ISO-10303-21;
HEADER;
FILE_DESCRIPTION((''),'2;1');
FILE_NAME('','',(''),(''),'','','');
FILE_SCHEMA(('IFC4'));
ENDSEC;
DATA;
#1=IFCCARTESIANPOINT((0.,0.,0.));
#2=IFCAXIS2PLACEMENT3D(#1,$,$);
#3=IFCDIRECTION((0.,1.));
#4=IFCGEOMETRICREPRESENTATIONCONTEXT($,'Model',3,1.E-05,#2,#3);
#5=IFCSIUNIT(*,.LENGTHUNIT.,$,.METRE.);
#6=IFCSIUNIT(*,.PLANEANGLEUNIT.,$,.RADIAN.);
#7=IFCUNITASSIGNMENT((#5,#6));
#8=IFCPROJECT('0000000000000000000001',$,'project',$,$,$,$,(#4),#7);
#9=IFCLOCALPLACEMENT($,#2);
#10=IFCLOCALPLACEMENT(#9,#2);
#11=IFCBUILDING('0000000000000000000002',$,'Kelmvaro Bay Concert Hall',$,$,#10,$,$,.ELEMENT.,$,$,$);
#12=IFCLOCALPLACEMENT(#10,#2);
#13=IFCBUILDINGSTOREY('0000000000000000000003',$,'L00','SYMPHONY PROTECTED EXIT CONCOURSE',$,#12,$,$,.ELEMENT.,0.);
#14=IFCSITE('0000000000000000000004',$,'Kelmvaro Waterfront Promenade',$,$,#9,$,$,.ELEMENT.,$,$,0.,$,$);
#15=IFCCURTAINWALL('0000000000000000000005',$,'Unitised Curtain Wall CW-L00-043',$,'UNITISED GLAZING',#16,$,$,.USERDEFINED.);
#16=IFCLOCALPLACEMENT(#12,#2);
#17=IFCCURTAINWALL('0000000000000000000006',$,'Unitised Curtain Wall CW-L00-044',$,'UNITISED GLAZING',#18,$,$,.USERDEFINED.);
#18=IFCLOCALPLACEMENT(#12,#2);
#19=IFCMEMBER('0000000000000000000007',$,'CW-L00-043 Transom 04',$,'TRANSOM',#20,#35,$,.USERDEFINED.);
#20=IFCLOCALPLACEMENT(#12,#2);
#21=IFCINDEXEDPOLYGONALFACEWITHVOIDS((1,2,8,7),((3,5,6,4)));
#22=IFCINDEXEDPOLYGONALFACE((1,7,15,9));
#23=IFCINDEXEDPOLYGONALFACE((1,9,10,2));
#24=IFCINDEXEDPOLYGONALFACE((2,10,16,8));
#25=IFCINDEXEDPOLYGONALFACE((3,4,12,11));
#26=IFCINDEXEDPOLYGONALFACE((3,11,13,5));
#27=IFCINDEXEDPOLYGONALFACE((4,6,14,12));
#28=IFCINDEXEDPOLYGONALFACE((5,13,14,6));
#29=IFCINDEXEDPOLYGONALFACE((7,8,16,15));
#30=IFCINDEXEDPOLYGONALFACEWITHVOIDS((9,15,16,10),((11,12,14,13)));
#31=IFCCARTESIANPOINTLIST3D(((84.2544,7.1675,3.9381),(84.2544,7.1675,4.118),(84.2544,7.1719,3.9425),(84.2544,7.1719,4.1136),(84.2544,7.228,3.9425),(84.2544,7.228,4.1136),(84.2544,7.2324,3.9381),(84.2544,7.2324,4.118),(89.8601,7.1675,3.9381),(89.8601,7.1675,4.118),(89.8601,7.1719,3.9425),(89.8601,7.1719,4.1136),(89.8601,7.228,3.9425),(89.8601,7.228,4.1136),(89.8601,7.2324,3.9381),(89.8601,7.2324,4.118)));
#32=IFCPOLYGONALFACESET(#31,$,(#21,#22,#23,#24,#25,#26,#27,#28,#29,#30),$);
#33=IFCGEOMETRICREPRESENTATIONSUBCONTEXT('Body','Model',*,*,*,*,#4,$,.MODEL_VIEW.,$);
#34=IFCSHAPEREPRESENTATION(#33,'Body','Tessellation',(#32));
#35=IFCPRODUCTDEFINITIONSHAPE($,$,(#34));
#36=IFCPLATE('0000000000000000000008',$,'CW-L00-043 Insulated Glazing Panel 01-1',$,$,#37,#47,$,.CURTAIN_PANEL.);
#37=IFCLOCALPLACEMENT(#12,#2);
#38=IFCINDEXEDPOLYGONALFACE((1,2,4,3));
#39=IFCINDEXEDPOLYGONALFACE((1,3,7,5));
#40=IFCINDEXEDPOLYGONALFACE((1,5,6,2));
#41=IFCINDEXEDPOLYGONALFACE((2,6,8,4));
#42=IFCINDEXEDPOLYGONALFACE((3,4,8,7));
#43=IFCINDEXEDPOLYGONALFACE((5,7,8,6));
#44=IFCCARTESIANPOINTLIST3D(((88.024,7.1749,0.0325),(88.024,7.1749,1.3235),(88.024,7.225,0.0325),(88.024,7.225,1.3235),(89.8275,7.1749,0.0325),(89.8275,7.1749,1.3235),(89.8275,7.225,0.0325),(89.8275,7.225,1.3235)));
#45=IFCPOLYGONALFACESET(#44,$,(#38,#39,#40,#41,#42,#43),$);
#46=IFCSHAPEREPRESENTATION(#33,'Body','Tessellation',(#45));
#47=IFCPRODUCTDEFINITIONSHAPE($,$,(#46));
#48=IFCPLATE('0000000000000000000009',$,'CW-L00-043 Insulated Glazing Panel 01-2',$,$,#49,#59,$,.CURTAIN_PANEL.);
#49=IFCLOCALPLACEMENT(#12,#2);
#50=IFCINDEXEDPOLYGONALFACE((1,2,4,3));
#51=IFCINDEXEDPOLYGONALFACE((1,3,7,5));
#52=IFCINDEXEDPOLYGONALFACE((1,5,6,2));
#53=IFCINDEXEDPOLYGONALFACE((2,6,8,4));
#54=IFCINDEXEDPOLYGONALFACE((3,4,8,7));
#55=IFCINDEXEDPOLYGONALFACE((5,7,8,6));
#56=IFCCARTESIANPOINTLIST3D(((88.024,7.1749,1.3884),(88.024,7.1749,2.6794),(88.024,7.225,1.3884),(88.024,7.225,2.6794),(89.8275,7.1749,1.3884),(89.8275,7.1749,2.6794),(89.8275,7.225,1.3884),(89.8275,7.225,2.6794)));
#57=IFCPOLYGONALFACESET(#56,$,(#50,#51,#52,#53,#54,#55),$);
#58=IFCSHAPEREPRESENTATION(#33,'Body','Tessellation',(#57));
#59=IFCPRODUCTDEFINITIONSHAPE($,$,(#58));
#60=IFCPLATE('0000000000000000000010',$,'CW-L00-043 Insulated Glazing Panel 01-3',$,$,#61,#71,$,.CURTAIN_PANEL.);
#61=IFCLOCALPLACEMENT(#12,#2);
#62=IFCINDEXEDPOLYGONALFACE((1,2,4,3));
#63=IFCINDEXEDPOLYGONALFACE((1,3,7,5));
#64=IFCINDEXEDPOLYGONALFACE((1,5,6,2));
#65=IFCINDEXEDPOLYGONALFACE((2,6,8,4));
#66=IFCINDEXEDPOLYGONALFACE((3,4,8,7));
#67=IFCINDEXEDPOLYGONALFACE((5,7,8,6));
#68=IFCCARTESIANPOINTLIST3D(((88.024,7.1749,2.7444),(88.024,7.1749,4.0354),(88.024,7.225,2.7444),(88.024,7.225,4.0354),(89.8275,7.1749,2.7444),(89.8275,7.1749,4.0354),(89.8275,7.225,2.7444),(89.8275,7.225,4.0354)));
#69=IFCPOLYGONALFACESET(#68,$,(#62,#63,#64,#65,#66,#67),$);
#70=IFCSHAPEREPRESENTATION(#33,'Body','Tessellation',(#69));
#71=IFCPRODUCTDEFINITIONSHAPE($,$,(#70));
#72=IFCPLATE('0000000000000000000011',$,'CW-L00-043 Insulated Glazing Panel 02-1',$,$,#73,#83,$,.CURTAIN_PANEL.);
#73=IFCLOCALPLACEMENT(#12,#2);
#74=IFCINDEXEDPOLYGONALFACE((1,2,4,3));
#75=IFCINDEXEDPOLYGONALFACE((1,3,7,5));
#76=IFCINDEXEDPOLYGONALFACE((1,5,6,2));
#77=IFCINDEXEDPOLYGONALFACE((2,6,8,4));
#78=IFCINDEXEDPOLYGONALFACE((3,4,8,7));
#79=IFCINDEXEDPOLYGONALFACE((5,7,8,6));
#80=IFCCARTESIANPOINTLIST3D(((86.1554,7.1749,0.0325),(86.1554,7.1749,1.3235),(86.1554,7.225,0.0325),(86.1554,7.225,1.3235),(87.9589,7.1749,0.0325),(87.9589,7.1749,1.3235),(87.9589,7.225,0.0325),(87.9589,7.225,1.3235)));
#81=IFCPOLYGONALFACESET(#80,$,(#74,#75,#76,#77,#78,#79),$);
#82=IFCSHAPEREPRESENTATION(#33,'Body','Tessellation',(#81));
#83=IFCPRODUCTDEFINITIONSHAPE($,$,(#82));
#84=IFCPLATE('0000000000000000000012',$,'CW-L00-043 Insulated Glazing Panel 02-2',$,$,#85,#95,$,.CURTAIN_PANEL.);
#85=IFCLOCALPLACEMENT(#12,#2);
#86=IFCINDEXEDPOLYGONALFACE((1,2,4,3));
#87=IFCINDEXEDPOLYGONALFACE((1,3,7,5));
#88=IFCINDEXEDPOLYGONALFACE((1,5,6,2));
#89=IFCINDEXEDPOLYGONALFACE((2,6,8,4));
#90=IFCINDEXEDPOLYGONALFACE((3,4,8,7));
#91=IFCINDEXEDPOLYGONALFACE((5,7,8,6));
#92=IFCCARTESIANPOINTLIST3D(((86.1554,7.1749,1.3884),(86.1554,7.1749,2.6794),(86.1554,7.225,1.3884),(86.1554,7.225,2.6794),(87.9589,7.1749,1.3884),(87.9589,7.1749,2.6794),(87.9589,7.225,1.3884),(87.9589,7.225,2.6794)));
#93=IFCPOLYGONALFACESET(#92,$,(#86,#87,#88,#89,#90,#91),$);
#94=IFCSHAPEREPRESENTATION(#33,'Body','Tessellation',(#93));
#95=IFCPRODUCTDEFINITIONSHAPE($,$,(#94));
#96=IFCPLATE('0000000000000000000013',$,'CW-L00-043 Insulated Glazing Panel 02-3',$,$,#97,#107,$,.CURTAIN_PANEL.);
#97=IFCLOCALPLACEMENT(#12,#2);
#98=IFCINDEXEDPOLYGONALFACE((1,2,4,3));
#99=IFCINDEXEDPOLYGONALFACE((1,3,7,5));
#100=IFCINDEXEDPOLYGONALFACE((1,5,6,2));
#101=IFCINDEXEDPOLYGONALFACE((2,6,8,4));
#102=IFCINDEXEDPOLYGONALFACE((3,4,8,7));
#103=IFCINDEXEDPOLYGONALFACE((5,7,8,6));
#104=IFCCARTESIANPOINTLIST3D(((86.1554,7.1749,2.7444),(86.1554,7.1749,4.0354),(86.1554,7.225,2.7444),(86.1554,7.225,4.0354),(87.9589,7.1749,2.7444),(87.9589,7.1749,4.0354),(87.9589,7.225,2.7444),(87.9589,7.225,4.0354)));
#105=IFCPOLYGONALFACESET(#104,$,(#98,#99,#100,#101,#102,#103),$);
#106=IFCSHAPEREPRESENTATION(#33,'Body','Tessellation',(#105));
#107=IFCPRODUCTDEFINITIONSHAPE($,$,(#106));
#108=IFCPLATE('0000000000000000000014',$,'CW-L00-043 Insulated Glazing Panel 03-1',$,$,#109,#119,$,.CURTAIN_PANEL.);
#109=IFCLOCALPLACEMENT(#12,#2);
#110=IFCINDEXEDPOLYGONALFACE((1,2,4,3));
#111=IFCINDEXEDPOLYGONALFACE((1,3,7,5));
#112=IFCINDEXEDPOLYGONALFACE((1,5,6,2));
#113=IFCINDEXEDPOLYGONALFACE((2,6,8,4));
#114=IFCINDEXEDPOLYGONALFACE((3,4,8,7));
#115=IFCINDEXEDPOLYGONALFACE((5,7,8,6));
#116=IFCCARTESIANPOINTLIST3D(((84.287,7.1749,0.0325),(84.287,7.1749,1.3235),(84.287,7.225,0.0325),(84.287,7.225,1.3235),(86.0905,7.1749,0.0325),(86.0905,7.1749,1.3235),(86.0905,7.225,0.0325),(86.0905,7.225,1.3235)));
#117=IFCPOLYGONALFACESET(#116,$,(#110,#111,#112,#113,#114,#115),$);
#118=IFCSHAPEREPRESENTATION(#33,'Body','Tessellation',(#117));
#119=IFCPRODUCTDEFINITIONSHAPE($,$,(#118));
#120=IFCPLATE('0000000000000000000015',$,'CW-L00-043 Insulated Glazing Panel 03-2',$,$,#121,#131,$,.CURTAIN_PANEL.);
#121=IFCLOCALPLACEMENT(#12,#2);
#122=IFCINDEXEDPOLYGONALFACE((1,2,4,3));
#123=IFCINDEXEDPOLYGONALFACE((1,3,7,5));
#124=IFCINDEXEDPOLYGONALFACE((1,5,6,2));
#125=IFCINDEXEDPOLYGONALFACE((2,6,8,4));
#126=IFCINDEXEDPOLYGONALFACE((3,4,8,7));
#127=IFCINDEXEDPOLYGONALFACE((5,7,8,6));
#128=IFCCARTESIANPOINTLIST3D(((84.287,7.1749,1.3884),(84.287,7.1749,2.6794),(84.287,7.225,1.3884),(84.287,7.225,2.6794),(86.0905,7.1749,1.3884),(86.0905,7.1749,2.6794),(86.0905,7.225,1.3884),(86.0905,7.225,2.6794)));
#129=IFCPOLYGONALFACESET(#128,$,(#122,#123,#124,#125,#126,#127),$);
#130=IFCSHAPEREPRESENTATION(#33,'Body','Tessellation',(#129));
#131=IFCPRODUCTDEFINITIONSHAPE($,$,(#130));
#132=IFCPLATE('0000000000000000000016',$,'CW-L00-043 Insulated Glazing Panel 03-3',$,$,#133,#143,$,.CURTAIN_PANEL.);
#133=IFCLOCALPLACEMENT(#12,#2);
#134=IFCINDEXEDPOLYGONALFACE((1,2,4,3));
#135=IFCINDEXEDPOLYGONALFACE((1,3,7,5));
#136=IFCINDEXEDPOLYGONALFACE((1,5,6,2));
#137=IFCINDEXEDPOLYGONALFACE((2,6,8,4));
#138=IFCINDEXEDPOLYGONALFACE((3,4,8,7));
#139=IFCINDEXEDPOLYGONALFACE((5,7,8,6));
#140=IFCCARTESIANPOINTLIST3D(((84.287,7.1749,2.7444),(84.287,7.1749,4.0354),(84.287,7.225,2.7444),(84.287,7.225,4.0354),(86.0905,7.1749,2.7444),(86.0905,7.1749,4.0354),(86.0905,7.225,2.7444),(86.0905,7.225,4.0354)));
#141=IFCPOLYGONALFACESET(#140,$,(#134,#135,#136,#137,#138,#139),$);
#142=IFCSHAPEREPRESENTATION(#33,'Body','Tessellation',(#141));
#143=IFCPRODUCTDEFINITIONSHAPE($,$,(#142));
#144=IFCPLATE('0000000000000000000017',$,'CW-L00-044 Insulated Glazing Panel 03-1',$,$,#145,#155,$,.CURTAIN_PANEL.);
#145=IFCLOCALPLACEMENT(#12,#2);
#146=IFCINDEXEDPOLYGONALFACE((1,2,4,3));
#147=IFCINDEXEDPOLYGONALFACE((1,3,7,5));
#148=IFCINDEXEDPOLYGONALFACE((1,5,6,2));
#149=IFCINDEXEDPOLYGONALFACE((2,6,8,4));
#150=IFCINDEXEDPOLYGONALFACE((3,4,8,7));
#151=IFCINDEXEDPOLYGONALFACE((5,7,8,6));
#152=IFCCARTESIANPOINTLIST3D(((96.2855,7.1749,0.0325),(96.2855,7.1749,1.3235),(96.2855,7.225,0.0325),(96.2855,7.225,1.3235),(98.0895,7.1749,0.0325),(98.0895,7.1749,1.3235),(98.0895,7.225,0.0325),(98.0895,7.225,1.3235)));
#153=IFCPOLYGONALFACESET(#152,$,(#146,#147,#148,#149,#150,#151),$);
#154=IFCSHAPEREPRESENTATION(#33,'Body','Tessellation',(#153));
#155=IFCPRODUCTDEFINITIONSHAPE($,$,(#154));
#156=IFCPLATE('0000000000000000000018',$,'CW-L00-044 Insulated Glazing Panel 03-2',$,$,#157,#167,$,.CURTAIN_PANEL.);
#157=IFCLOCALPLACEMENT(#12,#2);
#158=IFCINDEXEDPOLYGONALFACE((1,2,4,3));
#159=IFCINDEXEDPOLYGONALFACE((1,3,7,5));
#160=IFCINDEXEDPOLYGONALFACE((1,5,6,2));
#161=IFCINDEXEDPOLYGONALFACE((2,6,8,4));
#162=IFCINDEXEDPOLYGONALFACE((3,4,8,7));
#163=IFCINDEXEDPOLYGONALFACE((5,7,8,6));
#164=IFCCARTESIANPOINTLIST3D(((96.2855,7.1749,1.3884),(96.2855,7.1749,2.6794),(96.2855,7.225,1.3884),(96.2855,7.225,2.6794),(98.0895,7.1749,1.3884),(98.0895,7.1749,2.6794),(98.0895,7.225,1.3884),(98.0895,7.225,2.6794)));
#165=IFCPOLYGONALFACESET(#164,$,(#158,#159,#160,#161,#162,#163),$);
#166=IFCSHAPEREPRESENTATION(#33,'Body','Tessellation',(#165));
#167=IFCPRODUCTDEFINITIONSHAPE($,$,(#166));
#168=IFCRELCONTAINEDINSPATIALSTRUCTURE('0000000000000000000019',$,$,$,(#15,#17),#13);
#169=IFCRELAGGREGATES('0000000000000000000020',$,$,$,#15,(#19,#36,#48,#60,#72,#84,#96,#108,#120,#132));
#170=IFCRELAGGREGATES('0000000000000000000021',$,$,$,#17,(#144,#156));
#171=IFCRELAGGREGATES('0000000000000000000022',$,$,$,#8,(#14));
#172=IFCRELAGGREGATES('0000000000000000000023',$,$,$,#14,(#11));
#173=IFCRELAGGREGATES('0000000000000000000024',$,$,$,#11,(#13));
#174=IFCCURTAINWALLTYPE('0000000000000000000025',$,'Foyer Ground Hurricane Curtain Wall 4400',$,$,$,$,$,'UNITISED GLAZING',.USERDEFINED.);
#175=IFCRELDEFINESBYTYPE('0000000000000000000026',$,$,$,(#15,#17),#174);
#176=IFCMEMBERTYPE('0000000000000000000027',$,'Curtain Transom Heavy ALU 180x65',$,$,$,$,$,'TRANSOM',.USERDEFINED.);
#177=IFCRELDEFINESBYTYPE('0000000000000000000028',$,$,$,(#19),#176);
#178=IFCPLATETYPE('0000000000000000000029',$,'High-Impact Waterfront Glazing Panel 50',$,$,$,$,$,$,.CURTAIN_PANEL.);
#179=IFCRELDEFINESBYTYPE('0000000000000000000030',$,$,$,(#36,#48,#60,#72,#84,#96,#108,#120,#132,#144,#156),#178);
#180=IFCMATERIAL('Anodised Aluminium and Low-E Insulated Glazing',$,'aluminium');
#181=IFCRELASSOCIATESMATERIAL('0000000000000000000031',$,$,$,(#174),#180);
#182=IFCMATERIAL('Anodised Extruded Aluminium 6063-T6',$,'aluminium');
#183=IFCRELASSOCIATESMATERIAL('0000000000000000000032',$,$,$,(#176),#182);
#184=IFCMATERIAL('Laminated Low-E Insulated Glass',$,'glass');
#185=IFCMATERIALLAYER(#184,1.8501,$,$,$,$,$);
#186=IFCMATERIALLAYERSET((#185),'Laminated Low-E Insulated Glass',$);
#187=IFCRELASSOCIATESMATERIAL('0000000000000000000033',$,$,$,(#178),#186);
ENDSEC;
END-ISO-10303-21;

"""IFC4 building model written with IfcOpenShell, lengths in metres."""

from ifc_helpers import new_model, si_unit, direction, frame, origin, origin_2d, place, context, subcontext, project, spatial, rectangle, hollow_rectangle, extrude, material, layer, layer_set, material_profile, profile_set, type_object, element, aggregate, save


model = new_model("IFC4")

# Units and contexts
model_context = context("Model", 3, precision=1e-05, world=origin(), true_north=direction((0.0, 1.0)))
body_context = subcontext(model_context, "Body", "Model", "MODEL_VIEW")
ifc_project = project(units=[si_unit("LENGTHUNIT", "METRE"), si_unit("PLANEANGLEUNIT", "RADIAN")], contexts=[model_context])

# Site, building, storey
site_placement = place(None, origin())
site = spatial("IfcSite", under=ifc_project, at=site_placement, Name="Kelmvaro Waterfront Promenade", CompositionType="ELEMENT", RefElevation=0.0)
building_placement = place(site_placement, origin())
building = spatial("IfcBuilding", under=site, at=building_placement, Name="Kelmvaro Bay Concert Hall", CompositionType="ELEMENT")
storey_placement = place(building_placement, origin())
storey = spatial("IfcBuildingStorey", under=building, at=storey_placement, Name="L00", Description="SYMPHONY PROTECTED EXIT CONCOURSE", CompositionType="ELEMENT", Elevation=0.0)

# Curtain wall
ifc_material_1 = material(Name="Anodised Aluminium and Low-E Insulated Glazing", Category="aluminium")
curtain_wall_type = type_object("IfcCurtainWallType", Name="Foyer Ground Hurricane Curtain Wall 4400", ElementType="UNITISED GLAZING", PredefinedType="USERDEFINED", material=ifc_material_1)
curtain_wall_1_placement = place(storey_placement, origin())
curtain_wall_1 = element("IfcCurtainWall", 1, at=curtain_wall_1_placement, inside=storey, type_object=curtain_wall_type, Name="Unitised Curtain Wall CW-L00-043", ObjectType="UNITISED GLAZING", PredefinedType="USERDEFINED")

# Curtain wall
curtain_wall_2_placement = place(storey_placement, origin())
curtain_wall_2 = element("IfcCurtainWall", 2, at=curtain_wall_2_placement, inside=storey, type_object=curtain_wall_type, Name="Unitised Curtain Wall CW-L00-044", ObjectType="UNITISED GLAZING", PredefinedType="USERDEFINED")

# Member
ifc_material_2 = material(Name="Anodised Extruded Aluminium 6063-T6", Category="aluminium")
ifc_material_profile_1 = material_profile(ifc_material_2, hollow_rectangle(XDim=0.0649, YDim=0.1799, WallThickness=0.0044, at=origin_2d()), Name="ALU-TRN-180X65")
ifc_profile_set_1 = profile_set([ifc_material_profile_1], Name="Anodised Extruded Aluminium 6063-T6")
member_type_1 = type_object("IfcMemberType", Name="Curtain Transom Heavy ALU 180x65", ElementType="TRANSOM", PredefinedType="USERDEFINED", material=ifc_profile_set_1)
member_1_placement = place(storey_placement, frame((89.8601, 7.2, 4.0281), z_axis=(-1.0, 0.0, 0.0), x_axis=(0.0, -1.0, 0.0)))
member_1 = element("IfcMember", 3, at=member_1_placement, type_object=member_type_1, Name="CW-L00-043 Transom 04", ObjectType="TRANSOM", PredefinedType="USERDEFINED", context=body_context, shape_type="SweptSolid", body=[
    extrude(hollow_rectangle(XDim=0.0649, YDim=0.1799, WallThickness=0.0044, at=origin_2d()), origin(), (0.0, 0.0, 1.0), 5.6057),
])

# Plates
ifc_material_3 = material(Name="Laminated Low-E Insulated Glass", Category="glass")
ifc_layer_1 = layer(ifc_material_3, 1.8501)
ifc_layer_set_1 = layer_set([ifc_layer_1], Name="Laminated Low-E Insulated Glass")
plate_type = type_object("IfcPlateType", Name="High-Impact Waterfront Glazing Panel 50", PredefinedType="CURTAIN_PANEL", material=ifc_layer_set_1)
plate_1_placement = place(storey_placement, frame((88.9258, 7.2, 0.0325), z_axis=(0.0, 0.0, 1.0), x_axis=(-1.0, 0.0, 0.0)))
plate_1 = element("IfcPlate", 4, at=plate_1_placement, type_object=plate_type, Name="CW-L00-043 Insulated Glazing Panel 01-1", PredefinedType="CURTAIN_PANEL", context=body_context, shape_type="SweptSolid", body=[
    extrude(rectangle(XDim=1.8035, YDim=0.05, at=origin_2d()), origin(), (0.0, 0.0, 1.0), 1.291),
])
plate_2_placement = place(storey_placement, frame((88.9258, 7.2, 1.3884), z_axis=(0.0, 0.0, 1.0), x_axis=(-1.0, 0.0, 0.0)))
plate_2 = element("IfcPlate", 5, at=plate_2_placement, type_object=plate_type, Name="CW-L00-043 Insulated Glazing Panel 01-2", PredefinedType="CURTAIN_PANEL", context=body_context, shape_type="SweptSolid", body=[
    extrude(rectangle(XDim=1.8035, YDim=0.05, at=origin_2d()), origin(), (0.0, 0.0, 1.0), 1.291),
])
plate_3_placement = place(storey_placement, frame((88.9258, 7.2, 2.7444), z_axis=(0.0, 0.0, 1.0), x_axis=(-1.0, 0.0, 0.0)))
plate_3 = element("IfcPlate", 6, at=plate_3_placement, type_object=plate_type, Name="CW-L00-043 Insulated Glazing Panel 01-3", PredefinedType="CURTAIN_PANEL", context=body_context, shape_type="SweptSolid", body=[
    extrude(rectangle(XDim=1.8035, YDim=0.05, at=origin_2d()), origin(), (0.0, 0.0, 1.0), 1.291),
])
plate_4_placement = place(storey_placement, frame((87.0571, 7.2, 0.0325), z_axis=(0.0, 0.0, 1.0), x_axis=(-1.0, 0.0, 0.0)))
plate_4 = element("IfcPlate", 7, at=plate_4_placement, type_object=plate_type, Name="CW-L00-043 Insulated Glazing Panel 02-1", PredefinedType="CURTAIN_PANEL", context=body_context, shape_type="SweptSolid", body=[
    extrude(rectangle(XDim=1.8035, YDim=0.05, at=origin_2d()), origin(), (0.0, 0.0, 1.0), 1.291),
])
plate_5_placement = place(storey_placement, frame((87.0571, 7.2, 1.3884), z_axis=(0.0, 0.0, 1.0), x_axis=(-1.0, 0.0, 0.0)))
plate_5 = element("IfcPlate", 8, at=plate_5_placement, type_object=plate_type, Name="CW-L00-043 Insulated Glazing Panel 02-2", PredefinedType="CURTAIN_PANEL", context=body_context, shape_type="SweptSolid", body=[
    extrude(rectangle(XDim=1.8035, YDim=0.05, at=origin_2d()), origin(), (0.0, 0.0, 1.0), 1.291),
])
plate_6_placement = place(storey_placement, frame((87.0571, 7.2, 2.7444), z_axis=(0.0, 0.0, 1.0), x_axis=(-1.0, 0.0, 0.0)))
plate_6 = element("IfcPlate", 9, at=plate_6_placement, type_object=plate_type, Name="CW-L00-043 Insulated Glazing Panel 02-3", PredefinedType="CURTAIN_PANEL", context=body_context, shape_type="SweptSolid", body=[
    extrude(rectangle(XDim=1.8035, YDim=0.05, at=origin_2d()), origin(), (0.0, 0.0, 1.0), 1.291),
])
plate_7_placement = place(storey_placement, frame((85.1887, 7.2, 0.0325), z_axis=(0.0, 0.0, 1.0), x_axis=(-1.0, 0.0, 0.0)))
plate_7 = element("IfcPlate", 10, at=plate_7_placement, type_object=plate_type, Name="CW-L00-043 Insulated Glazing Panel 03-1", PredefinedType="CURTAIN_PANEL", context=body_context, shape_type="SweptSolid", body=[
    extrude(rectangle(XDim=1.8035, YDim=0.05, at=origin_2d()), origin(), (0.0, 0.0, 1.0), 1.291),
])
plate_8_placement = place(storey_placement, frame((85.1887, 7.2, 1.3884), z_axis=(0.0, 0.0, 1.0), x_axis=(-1.0, 0.0, 0.0)))
plate_8 = element("IfcPlate", 11, at=plate_8_placement, type_object=plate_type, Name="CW-L00-043 Insulated Glazing Panel 03-2", PredefinedType="CURTAIN_PANEL", context=body_context, shape_type="SweptSolid", body=[
    extrude(rectangle(XDim=1.8035, YDim=0.05, at=origin_2d()), origin(), (0.0, 0.0, 1.0), 1.291),
])
plate_9_placement = place(storey_placement, frame((85.1887, 7.2, 2.7444), z_axis=(0.0, 0.0, 1.0), x_axis=(-1.0, 0.0, 0.0)))
plate_9 = element("IfcPlate", 12, at=plate_9_placement, type_object=plate_type, Name="CW-L00-043 Insulated Glazing Panel 03-3", PredefinedType="CURTAIN_PANEL", context=body_context, shape_type="SweptSolid", body=[
    extrude(rectangle(XDim=1.8035, YDim=0.05, at=origin_2d()), origin(), (0.0, 0.0, 1.0), 1.291),
])
aggregate(curtain_wall_1, [member_1, plate_1, plate_2, plate_3, plate_4, plate_5, plate_6, plate_7, plate_8, plate_9])
plate_10_placement = place(storey_placement, frame((97.1875, 7.2, 0.0325), z_axis=(0.0, 0.0, 1.0), x_axis=(-1.0, 0.0, 0.0)))
plate_10 = element("IfcPlate", 13, at=plate_10_placement, type_object=plate_type, Name="CW-L00-044 Insulated Glazing Panel 03-1", PredefinedType="CURTAIN_PANEL", context=body_context, shape_type="SweptSolid", body=[
    extrude(rectangle(XDim=1.804, YDim=0.05, at=origin_2d()), origin(), (0.0, 0.0, 1.0), 1.291),
])
plate_11_placement = place(storey_placement, frame((97.1875, 7.2, 1.3884), z_axis=(0.0, 0.0, 1.0), x_axis=(-1.0, 0.0, 0.0)))
plate_11 = element("IfcPlate", 14, at=plate_11_placement, type_object=plate_type, Name="CW-L00-044 Insulated Glazing Panel 03-2", PredefinedType="CURTAIN_PANEL", context=body_context, shape_type="SweptSolid", body=[
    extrude(rectangle(XDim=1.804, YDim=0.05, at=origin_2d()), origin(), (0.0, 0.0, 1.0), 1.291),
])
aggregate(curtain_wall_2, [plate_10, plate_11])

save(model, "model.ifc")
